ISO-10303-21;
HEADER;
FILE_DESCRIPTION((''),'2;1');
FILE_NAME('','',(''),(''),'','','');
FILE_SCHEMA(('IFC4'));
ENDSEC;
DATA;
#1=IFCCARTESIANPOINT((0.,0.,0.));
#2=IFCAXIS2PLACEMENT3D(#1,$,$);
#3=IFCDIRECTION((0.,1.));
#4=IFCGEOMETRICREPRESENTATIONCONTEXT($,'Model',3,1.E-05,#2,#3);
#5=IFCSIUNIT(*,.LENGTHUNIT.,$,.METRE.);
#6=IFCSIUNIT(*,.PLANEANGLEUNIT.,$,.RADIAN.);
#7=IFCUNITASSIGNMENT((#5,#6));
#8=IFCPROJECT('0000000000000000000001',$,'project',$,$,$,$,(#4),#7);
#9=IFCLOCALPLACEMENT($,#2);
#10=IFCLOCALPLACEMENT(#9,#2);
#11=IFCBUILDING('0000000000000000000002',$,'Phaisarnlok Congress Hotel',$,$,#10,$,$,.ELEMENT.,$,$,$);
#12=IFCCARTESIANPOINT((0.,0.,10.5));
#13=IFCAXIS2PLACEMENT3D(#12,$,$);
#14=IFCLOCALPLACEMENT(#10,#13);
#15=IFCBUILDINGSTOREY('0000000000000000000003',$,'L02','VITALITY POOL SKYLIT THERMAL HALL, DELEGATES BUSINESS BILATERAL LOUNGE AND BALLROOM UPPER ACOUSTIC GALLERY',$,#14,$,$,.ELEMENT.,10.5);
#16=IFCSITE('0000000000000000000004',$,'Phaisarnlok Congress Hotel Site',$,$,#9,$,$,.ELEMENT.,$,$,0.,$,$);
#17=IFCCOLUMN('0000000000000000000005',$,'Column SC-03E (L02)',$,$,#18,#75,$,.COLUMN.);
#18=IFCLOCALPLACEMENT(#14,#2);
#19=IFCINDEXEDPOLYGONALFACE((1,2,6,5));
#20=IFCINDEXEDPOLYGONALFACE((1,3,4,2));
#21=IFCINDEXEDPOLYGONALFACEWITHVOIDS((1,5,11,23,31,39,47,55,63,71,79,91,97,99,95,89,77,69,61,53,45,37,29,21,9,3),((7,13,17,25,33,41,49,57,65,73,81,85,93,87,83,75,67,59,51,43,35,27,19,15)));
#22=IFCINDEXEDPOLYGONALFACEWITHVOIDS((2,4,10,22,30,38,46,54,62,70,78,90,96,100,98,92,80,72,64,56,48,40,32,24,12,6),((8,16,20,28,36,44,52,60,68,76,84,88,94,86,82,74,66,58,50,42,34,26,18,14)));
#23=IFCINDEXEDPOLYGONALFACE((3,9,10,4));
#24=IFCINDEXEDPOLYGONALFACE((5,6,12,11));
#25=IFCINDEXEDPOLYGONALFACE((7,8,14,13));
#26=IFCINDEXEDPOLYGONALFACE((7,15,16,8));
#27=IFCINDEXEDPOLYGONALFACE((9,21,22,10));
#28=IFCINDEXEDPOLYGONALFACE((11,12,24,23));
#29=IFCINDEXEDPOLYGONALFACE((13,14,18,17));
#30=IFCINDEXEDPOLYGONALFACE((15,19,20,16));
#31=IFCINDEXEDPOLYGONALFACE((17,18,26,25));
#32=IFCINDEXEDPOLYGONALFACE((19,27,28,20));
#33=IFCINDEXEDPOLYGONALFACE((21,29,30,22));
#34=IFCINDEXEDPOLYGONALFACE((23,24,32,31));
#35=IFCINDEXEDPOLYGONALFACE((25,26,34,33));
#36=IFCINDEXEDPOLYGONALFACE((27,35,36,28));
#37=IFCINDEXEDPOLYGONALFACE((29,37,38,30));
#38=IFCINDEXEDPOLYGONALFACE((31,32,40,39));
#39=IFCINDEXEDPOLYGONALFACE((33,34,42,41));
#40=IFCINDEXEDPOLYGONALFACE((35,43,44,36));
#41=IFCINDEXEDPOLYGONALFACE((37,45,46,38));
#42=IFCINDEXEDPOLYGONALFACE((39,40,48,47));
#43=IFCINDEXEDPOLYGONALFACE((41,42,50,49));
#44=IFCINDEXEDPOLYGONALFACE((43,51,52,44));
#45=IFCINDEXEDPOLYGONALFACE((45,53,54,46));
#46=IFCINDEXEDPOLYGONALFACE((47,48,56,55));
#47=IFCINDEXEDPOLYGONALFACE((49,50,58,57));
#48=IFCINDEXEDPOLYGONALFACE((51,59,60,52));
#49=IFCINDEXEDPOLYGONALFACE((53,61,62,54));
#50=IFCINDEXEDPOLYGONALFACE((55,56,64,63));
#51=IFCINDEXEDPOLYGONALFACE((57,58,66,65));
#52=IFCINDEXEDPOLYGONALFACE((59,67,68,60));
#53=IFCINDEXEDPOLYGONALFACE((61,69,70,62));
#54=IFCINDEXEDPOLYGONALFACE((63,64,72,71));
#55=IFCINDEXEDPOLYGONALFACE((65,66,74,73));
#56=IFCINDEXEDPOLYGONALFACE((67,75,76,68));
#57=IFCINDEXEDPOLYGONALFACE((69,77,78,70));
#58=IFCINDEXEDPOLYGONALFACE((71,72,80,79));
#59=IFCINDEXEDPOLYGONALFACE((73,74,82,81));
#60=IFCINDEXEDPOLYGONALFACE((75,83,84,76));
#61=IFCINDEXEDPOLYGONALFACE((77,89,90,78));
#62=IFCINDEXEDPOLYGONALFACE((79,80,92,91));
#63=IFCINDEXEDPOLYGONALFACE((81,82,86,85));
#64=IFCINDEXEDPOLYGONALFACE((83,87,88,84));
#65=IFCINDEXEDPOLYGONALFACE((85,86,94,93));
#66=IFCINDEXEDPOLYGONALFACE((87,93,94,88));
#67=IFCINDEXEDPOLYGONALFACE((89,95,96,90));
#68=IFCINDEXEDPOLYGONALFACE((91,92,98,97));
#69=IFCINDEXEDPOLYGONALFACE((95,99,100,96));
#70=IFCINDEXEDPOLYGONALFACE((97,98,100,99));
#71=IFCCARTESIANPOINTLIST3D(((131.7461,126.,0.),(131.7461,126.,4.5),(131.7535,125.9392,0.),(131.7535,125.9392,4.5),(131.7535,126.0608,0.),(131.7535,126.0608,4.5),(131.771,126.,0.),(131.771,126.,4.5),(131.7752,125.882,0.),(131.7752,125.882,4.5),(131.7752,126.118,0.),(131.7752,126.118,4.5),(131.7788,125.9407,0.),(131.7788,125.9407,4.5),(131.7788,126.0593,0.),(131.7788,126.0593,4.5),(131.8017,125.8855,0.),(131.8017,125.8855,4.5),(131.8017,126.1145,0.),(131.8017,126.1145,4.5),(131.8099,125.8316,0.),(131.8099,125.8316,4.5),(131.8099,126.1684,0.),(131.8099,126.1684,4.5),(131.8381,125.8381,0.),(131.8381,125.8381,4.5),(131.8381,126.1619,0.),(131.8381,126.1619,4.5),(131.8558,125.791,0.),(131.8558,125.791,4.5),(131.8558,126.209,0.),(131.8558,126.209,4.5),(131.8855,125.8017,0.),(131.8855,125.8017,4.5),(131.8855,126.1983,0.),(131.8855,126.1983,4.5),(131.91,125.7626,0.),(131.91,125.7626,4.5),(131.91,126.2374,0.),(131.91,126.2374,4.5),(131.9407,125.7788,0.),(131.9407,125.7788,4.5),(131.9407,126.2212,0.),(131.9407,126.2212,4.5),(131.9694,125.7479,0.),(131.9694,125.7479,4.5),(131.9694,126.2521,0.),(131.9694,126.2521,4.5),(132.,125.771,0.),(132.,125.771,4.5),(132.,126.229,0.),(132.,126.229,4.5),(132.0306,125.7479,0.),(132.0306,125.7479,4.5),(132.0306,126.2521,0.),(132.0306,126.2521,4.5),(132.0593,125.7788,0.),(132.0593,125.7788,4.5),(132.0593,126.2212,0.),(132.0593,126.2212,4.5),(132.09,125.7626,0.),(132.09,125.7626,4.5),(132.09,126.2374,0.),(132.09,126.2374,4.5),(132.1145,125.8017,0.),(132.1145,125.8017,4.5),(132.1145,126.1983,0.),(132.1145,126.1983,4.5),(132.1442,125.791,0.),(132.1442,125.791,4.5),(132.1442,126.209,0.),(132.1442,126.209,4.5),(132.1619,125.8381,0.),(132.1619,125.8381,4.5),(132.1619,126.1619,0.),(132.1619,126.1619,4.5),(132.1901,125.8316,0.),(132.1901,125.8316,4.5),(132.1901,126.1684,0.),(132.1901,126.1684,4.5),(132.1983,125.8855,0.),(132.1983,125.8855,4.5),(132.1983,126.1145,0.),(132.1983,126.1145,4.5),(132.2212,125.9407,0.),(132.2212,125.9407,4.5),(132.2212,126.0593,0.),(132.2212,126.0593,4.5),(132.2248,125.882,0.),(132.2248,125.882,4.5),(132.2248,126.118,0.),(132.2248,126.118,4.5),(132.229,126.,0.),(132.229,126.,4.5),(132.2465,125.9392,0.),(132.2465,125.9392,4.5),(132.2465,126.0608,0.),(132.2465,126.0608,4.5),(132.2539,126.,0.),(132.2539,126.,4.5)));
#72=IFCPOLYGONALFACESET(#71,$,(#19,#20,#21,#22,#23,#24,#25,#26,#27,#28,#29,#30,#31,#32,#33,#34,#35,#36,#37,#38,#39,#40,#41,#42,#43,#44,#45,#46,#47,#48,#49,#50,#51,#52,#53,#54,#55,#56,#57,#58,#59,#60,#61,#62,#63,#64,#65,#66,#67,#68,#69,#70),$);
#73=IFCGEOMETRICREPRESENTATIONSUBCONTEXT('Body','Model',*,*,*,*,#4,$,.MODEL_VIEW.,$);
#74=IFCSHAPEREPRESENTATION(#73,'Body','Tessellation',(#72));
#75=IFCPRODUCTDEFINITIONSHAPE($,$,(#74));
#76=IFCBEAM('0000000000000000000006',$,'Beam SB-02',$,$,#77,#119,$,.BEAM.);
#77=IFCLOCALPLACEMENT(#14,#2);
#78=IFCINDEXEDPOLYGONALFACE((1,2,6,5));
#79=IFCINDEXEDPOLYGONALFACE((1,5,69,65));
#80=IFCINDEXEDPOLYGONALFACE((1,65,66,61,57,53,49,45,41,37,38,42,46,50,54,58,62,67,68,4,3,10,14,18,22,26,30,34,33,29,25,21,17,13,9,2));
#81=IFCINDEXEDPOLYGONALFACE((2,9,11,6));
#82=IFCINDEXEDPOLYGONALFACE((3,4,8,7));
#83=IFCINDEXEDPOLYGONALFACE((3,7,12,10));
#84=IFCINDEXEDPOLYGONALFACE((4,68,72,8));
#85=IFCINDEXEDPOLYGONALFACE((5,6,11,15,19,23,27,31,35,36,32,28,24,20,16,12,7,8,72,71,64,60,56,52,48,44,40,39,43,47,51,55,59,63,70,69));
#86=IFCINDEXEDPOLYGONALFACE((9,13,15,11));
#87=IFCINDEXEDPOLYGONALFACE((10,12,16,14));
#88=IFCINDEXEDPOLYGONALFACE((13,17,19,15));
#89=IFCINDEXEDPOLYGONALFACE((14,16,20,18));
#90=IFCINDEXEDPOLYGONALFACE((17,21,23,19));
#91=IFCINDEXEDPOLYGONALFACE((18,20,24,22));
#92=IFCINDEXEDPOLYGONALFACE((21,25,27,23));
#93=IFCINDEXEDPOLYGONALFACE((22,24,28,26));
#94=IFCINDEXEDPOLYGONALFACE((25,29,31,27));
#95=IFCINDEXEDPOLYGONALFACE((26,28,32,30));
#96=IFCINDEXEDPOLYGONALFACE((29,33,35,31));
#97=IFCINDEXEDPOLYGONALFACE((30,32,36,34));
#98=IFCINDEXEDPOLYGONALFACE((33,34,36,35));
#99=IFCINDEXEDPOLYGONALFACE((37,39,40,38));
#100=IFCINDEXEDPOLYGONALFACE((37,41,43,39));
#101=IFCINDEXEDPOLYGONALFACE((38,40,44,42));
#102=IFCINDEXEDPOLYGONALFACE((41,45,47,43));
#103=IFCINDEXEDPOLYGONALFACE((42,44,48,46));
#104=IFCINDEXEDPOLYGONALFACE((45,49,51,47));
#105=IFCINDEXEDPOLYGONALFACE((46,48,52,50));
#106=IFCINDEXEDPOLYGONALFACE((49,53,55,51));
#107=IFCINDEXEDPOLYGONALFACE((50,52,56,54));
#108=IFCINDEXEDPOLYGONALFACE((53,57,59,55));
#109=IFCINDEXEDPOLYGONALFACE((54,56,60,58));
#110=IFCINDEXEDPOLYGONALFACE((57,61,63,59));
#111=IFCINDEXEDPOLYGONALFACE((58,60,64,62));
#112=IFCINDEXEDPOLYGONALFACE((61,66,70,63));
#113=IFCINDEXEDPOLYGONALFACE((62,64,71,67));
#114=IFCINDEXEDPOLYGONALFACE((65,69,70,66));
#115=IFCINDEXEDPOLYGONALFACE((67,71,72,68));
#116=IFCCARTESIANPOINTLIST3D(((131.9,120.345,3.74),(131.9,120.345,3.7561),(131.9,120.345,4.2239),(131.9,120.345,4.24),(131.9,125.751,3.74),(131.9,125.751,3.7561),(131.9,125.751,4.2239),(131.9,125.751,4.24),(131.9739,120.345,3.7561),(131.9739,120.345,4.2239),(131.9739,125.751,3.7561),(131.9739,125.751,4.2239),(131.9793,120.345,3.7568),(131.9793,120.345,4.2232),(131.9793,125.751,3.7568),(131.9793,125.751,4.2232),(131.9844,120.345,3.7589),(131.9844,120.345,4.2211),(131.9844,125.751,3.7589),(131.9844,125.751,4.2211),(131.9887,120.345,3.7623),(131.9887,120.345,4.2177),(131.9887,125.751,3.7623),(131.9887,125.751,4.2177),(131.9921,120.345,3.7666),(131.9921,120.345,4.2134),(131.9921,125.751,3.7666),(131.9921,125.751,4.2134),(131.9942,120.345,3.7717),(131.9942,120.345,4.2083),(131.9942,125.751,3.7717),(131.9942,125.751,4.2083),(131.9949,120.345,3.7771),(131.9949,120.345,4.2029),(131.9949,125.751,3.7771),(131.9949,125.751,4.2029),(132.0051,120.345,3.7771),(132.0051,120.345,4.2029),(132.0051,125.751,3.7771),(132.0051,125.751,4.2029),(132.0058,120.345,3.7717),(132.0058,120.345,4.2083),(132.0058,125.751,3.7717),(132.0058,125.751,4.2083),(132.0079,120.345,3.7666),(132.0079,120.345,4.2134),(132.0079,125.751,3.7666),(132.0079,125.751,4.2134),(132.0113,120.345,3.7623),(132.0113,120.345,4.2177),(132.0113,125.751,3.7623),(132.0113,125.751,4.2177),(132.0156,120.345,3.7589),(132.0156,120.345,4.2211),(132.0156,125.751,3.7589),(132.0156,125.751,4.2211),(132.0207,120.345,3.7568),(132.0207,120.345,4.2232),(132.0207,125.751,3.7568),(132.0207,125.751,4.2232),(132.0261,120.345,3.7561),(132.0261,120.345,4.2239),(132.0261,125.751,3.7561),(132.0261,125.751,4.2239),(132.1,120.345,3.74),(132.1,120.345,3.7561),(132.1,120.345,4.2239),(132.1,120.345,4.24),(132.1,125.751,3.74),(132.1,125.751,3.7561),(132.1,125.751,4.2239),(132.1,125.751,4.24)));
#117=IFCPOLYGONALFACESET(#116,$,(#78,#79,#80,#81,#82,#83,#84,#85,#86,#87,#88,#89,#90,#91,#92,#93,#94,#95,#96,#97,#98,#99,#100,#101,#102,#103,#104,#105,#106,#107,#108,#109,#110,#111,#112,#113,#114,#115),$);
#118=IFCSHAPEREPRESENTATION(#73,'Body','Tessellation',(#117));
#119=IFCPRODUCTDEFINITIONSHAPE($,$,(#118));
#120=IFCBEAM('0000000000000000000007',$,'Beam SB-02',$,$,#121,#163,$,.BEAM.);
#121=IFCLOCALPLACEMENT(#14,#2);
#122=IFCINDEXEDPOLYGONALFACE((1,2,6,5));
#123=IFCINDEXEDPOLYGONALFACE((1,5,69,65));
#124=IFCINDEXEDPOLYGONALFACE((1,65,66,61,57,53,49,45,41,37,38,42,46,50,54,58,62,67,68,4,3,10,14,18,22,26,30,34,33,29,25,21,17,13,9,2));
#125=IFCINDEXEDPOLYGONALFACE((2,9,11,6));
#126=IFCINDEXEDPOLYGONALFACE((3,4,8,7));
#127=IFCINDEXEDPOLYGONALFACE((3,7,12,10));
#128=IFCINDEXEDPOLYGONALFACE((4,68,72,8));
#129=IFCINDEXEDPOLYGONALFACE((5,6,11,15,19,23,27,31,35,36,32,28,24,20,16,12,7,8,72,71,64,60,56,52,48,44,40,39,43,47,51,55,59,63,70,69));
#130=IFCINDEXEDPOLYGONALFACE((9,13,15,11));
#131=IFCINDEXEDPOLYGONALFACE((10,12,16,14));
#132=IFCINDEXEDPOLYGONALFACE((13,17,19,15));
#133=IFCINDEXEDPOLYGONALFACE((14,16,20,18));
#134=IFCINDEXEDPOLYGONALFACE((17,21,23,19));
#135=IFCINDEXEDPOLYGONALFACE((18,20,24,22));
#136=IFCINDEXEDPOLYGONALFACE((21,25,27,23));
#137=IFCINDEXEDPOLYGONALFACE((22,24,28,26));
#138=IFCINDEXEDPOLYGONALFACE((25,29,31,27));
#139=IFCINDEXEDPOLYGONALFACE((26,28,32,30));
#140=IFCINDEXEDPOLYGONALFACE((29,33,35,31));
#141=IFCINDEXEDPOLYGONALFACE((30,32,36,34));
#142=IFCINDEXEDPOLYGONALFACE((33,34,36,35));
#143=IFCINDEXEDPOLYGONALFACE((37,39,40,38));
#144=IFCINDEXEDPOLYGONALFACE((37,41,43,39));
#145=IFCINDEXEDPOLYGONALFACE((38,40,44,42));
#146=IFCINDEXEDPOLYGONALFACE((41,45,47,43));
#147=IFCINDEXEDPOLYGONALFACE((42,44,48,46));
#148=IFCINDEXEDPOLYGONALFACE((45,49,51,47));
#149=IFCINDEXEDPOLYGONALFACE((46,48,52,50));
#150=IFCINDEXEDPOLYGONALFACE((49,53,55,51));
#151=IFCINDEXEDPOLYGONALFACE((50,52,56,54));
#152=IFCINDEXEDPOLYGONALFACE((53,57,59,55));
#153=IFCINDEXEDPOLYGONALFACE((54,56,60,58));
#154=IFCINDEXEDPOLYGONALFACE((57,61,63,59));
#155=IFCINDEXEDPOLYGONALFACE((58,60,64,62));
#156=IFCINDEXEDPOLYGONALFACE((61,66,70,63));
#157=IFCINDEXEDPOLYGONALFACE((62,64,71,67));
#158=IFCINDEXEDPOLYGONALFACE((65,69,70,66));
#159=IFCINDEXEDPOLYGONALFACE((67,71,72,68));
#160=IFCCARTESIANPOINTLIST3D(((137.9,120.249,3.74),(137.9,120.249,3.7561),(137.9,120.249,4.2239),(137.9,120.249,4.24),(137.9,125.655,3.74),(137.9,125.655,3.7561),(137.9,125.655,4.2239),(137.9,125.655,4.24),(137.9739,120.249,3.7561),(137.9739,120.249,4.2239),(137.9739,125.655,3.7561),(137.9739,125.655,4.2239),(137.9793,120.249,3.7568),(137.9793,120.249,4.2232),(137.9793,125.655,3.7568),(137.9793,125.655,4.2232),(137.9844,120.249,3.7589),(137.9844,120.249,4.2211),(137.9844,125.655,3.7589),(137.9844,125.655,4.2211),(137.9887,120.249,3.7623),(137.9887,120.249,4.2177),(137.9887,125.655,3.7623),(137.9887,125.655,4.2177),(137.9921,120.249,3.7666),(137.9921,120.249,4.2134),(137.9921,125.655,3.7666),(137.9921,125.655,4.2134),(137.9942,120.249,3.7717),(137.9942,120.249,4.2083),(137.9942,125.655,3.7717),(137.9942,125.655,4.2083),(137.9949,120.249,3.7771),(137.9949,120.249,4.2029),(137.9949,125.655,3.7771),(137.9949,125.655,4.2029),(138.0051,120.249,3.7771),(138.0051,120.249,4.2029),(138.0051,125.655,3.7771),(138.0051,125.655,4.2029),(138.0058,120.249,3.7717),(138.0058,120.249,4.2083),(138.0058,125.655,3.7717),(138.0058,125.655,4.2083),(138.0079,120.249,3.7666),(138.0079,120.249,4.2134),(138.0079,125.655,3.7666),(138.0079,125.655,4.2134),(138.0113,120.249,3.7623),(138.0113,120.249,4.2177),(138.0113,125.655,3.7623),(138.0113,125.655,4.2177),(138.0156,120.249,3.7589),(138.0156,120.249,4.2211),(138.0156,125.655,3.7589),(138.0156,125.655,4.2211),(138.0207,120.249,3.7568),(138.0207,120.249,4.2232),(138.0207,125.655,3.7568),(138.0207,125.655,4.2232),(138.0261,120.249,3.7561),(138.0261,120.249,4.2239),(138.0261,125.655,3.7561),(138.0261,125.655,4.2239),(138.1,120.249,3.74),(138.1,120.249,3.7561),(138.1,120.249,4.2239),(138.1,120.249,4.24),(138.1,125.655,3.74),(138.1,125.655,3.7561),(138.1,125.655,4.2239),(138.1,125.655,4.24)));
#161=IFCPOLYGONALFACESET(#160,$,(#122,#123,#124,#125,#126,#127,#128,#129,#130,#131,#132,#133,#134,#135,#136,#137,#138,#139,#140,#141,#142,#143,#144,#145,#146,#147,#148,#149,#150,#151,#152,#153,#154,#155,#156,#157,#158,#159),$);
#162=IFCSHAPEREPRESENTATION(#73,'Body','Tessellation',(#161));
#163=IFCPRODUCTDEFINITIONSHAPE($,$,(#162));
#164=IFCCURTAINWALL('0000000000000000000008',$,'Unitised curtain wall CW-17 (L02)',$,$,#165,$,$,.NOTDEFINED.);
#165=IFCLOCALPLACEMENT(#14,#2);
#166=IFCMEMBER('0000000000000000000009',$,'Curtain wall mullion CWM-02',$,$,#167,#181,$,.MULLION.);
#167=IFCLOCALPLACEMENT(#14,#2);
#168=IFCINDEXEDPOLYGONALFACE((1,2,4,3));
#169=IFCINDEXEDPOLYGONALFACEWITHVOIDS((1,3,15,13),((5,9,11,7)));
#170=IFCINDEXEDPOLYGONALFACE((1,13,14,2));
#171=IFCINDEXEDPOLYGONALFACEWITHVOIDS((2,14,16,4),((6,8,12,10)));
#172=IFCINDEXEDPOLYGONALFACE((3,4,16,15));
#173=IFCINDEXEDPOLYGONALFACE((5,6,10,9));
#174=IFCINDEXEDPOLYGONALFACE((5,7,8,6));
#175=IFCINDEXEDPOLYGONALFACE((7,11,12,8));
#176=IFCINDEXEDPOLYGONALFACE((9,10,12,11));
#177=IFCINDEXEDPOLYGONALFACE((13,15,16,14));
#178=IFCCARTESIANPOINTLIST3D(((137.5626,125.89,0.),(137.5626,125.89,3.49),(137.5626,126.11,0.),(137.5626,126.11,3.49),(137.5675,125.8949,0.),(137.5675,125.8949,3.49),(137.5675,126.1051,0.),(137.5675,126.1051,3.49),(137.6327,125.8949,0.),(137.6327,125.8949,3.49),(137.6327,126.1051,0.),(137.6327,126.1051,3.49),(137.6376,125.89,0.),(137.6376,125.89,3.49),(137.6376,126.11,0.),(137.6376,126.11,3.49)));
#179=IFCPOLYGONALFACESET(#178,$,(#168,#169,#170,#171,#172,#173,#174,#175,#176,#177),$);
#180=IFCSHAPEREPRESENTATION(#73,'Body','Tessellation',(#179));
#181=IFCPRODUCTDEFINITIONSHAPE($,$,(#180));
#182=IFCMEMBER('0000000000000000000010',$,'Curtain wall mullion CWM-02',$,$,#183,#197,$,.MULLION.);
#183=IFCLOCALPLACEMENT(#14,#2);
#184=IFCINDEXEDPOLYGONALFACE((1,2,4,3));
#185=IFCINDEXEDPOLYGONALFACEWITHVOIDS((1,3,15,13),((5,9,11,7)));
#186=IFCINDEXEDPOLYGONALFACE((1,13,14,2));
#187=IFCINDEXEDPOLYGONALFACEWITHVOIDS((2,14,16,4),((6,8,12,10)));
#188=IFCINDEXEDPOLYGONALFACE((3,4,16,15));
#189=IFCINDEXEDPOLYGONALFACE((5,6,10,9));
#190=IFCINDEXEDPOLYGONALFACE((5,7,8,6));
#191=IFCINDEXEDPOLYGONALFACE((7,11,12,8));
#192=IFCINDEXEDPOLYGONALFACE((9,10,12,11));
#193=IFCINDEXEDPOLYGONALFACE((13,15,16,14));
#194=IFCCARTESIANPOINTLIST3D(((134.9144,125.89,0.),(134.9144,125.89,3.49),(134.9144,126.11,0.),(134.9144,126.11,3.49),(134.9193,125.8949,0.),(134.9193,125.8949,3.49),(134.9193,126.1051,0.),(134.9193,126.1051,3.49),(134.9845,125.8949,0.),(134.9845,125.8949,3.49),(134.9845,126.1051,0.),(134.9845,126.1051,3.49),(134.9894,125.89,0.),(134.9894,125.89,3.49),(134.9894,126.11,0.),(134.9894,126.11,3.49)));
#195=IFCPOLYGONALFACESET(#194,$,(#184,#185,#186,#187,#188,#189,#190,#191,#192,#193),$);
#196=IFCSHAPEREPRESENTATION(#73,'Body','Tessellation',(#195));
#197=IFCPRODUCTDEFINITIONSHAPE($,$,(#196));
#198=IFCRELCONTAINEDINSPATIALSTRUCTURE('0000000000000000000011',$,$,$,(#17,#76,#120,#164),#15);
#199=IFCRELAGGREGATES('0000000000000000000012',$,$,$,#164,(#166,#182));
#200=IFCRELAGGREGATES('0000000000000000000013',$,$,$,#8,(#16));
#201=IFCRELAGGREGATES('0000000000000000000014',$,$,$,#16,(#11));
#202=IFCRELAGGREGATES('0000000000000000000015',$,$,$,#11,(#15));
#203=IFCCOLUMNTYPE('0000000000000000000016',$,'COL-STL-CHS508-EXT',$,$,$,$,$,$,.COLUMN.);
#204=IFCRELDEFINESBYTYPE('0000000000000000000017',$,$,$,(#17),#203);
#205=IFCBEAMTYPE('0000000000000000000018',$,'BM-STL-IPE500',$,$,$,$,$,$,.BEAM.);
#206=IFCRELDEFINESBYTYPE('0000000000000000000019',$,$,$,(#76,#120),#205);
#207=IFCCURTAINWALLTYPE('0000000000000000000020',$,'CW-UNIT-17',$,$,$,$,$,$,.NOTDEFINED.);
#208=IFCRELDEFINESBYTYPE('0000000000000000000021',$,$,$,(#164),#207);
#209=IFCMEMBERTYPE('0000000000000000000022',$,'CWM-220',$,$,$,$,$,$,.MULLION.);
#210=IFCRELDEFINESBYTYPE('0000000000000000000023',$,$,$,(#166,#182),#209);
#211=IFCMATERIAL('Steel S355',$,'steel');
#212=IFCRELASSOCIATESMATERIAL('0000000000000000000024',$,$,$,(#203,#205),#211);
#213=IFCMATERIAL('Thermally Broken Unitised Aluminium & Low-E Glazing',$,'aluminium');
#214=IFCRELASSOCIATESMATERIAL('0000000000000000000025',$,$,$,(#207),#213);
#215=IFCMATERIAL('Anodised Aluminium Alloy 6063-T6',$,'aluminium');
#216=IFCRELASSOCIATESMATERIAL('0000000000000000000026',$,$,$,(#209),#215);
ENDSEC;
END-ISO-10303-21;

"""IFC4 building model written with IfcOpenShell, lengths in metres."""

from ifc_helpers import new_model, si_unit, direction, frame, origin, origin_2d, place, context, subcontext, project, spatial, hollow_rectangle, hollow_circle, i_section, extrude, material, material_profile, profile_set, type_object, element, aggregate, save


model = new_model("IFC4")

# Units and contexts
model_context = context("Model", 3, precision=1e-05, world=origin(), true_north=direction((0.0, 1.0)))
body_context = subcontext(model_context, "Body", "Model", "MODEL_VIEW")
ifc_project = project(units=[si_unit("LENGTHUNIT", "METRE"), si_unit("PLANEANGLEUNIT", "RADIAN")], contexts=[model_context])

# Site, building, storey
site_placement = place(None, origin())
site = spatial("IfcSite", under=ifc_project, at=site_placement, Name="Phaisarnlok Congress Hotel Site", CompositionType="ELEMENT", RefElevation=0.0)
building_placement = place(site_placement, origin())
building = spatial("IfcBuilding", under=site, at=building_placement, Name="Phaisarnlok Congress Hotel", CompositionType="ELEMENT")
storey_placement = place(building_placement, frame((0.0, 0.0, 10.5)))
storey = spatial("IfcBuildingStorey", under=building, at=storey_placement, Name="L02", Description="VITALITY POOL SKYLIT THERMAL HALL, DELEGATES BUSINESS BILATERAL LOUNGE AND BALLROOM UPPER ACOUSTIC GALLERY", CompositionType="ELEMENT", Elevation=10.5)

# Column
ifc_material_1 = material(Name="Steel S355", Category="steel")
ifc_material_profile_1 = material_profile(ifc_material_1, hollow_circle(Radius=0.2539, WallThickness=0.0249, at=origin_2d()), Name="CHS 508x25")
ifc_profile_set_1 = profile_set([ifc_material_profile_1], Name="Steel S355")
column_type = type_object("IfcColumnType", Name="COL-STL-CHS508-EXT", PredefinedType="COLUMN", material=ifc_profile_set_1)
column_placement = place(storey_placement, frame((132.0, 126.0, 0.0), z_axis=(0.0, 0.0, 1.0), x_axis=(1.0, 0.0, 0.0)))
element("IfcColumn", 1, at=column_placement, inside=storey, type_object=column_type, Name="Column SC-03E (L02)", PredefinedType="COLUMN", context=body_context, shape_type="SweptSolid", body=[
    extrude(hollow_circle(Radius=0.2539, WallThickness=0.0249, at=origin_2d()), origin(), (0.0, 0.0, 1.0), 4.5),
])

# Beams
ifc_material_profile_2 = material_profile(ifc_material_1, i_section(OverallWidth=0.2, OverallDepth=0.5, WebThickness=0.0103, FlangeThickness=0.0161, FilletRadius=0.021, at=origin_2d()), Name="IPE 500")
ifc_profile_set_2 = profile_set([ifc_material_profile_2], Name="Steel S355")
beam_type_1 = type_object("IfcBeamType", Name="BM-STL-IPE500", PredefinedType="BEAM", material=ifc_profile_set_2)
for number, where, z_axis, x_axis, name in (
    (2, (132.0, 120.345, 3.99), (0.0, 1.0, 0.0), (-1.0, 0.0, 0.0), "Beam SB-02"),
    (3, (138.0, 120.249, 3.99), (0.0, 1.0, 0.0), (-1.0, 0.0, 0.0), "Beam SB-02"),
):
    element("IfcBeam", number, at=place(storey_placement, frame(where, z_axis=z_axis, x_axis=x_axis)), inside=storey, type_object=beam_type_1, Name=name, PredefinedType="BEAM", context=body_context, shape_type="SweptSolid", body=[
        extrude(i_section(OverallWidth=0.2, OverallDepth=0.5, WebThickness=0.0103, FlangeThickness=0.0161, FilletRadius=0.021, at=origin_2d()), origin(), (0.0, 0.0, 1.0), 5.406),
    ])

# Curtain wall, members
ifc_material_2 = material(Name="Thermally Broken Unitised Aluminium & Low-E Glazing", Category="aluminium")
curtain_wall_type = type_object("IfcCurtainWallType", Name="CW-UNIT-17", PredefinedType="NOTDEFINED", material=ifc_material_2)
curtain_wall_placement = place(storey_placement, origin())
curtain_wall = element("IfcCurtainWall", 4, at=curtain_wall_placement, inside=storey, type_object=curtain_wall_type, Name="Unitised curtain wall CW-17 (L02)", PredefinedType="NOTDEFINED")
ifc_material_3 = material(Name="Anodised Aluminium Alloy 6063-T6", Category="aluminium")
ifc_material_profile_3 = material_profile(ifc_material_3, hollow_rectangle(XDim=0.075, YDim=0.22, WallThickness=0.0049, at=origin_2d()), Name="ALU-M 75x220x5")
ifc_profile_set_3 = profile_set([ifc_material_profile_3], Name="Anodised Aluminium Alloy 6063-T6")
member_type_1 = type_object("IfcMemberType", Name="CWM-220", PredefinedType="MULLION", material=ifc_profile_set_3)
member_1_placement = place(storey_placement, frame((137.6001, 126.0, 0.0), z_axis=(0.0, 0.0, 1.0), x_axis=(-1.0, 0.0, 0.0)))
member_1 = element("IfcMember", 5, at=member_1_placement, type_object=member_type_1, Name="Curtain wall mullion CWM-02", PredefinedType="MULLION", context=body_context, shape_type="SweptSolid", body=[
    extrude(hollow_rectangle(XDim=0.075, YDim=0.22, WallThickness=0.0049, at=origin_2d()), origin(), (0.0, 0.0, 1.0), 3.49),
])
member_2_placement = place(storey_placement, frame((134.9519, 126.0, 0.0), z_axis=(0.0, 0.0, 1.0), x_axis=(-1.0, 0.0, 0.0)))
member_2 = element("IfcMember", 6, at=member_2_placement, type_object=member_type_1, Name="Curtain wall mullion CWM-02", PredefinedType="MULLION", context=body_context, shape_type="SweptSolid", body=[
    extrude(hollow_rectangle(XDim=0.075, YDim=0.22, WallThickness=0.0049, at=origin_2d()), origin(), (0.0, 0.0, 1.0), 3.49),
])

aggregate(curtain_wall, [member_1, member_2])

save(model, "model.ifc")
